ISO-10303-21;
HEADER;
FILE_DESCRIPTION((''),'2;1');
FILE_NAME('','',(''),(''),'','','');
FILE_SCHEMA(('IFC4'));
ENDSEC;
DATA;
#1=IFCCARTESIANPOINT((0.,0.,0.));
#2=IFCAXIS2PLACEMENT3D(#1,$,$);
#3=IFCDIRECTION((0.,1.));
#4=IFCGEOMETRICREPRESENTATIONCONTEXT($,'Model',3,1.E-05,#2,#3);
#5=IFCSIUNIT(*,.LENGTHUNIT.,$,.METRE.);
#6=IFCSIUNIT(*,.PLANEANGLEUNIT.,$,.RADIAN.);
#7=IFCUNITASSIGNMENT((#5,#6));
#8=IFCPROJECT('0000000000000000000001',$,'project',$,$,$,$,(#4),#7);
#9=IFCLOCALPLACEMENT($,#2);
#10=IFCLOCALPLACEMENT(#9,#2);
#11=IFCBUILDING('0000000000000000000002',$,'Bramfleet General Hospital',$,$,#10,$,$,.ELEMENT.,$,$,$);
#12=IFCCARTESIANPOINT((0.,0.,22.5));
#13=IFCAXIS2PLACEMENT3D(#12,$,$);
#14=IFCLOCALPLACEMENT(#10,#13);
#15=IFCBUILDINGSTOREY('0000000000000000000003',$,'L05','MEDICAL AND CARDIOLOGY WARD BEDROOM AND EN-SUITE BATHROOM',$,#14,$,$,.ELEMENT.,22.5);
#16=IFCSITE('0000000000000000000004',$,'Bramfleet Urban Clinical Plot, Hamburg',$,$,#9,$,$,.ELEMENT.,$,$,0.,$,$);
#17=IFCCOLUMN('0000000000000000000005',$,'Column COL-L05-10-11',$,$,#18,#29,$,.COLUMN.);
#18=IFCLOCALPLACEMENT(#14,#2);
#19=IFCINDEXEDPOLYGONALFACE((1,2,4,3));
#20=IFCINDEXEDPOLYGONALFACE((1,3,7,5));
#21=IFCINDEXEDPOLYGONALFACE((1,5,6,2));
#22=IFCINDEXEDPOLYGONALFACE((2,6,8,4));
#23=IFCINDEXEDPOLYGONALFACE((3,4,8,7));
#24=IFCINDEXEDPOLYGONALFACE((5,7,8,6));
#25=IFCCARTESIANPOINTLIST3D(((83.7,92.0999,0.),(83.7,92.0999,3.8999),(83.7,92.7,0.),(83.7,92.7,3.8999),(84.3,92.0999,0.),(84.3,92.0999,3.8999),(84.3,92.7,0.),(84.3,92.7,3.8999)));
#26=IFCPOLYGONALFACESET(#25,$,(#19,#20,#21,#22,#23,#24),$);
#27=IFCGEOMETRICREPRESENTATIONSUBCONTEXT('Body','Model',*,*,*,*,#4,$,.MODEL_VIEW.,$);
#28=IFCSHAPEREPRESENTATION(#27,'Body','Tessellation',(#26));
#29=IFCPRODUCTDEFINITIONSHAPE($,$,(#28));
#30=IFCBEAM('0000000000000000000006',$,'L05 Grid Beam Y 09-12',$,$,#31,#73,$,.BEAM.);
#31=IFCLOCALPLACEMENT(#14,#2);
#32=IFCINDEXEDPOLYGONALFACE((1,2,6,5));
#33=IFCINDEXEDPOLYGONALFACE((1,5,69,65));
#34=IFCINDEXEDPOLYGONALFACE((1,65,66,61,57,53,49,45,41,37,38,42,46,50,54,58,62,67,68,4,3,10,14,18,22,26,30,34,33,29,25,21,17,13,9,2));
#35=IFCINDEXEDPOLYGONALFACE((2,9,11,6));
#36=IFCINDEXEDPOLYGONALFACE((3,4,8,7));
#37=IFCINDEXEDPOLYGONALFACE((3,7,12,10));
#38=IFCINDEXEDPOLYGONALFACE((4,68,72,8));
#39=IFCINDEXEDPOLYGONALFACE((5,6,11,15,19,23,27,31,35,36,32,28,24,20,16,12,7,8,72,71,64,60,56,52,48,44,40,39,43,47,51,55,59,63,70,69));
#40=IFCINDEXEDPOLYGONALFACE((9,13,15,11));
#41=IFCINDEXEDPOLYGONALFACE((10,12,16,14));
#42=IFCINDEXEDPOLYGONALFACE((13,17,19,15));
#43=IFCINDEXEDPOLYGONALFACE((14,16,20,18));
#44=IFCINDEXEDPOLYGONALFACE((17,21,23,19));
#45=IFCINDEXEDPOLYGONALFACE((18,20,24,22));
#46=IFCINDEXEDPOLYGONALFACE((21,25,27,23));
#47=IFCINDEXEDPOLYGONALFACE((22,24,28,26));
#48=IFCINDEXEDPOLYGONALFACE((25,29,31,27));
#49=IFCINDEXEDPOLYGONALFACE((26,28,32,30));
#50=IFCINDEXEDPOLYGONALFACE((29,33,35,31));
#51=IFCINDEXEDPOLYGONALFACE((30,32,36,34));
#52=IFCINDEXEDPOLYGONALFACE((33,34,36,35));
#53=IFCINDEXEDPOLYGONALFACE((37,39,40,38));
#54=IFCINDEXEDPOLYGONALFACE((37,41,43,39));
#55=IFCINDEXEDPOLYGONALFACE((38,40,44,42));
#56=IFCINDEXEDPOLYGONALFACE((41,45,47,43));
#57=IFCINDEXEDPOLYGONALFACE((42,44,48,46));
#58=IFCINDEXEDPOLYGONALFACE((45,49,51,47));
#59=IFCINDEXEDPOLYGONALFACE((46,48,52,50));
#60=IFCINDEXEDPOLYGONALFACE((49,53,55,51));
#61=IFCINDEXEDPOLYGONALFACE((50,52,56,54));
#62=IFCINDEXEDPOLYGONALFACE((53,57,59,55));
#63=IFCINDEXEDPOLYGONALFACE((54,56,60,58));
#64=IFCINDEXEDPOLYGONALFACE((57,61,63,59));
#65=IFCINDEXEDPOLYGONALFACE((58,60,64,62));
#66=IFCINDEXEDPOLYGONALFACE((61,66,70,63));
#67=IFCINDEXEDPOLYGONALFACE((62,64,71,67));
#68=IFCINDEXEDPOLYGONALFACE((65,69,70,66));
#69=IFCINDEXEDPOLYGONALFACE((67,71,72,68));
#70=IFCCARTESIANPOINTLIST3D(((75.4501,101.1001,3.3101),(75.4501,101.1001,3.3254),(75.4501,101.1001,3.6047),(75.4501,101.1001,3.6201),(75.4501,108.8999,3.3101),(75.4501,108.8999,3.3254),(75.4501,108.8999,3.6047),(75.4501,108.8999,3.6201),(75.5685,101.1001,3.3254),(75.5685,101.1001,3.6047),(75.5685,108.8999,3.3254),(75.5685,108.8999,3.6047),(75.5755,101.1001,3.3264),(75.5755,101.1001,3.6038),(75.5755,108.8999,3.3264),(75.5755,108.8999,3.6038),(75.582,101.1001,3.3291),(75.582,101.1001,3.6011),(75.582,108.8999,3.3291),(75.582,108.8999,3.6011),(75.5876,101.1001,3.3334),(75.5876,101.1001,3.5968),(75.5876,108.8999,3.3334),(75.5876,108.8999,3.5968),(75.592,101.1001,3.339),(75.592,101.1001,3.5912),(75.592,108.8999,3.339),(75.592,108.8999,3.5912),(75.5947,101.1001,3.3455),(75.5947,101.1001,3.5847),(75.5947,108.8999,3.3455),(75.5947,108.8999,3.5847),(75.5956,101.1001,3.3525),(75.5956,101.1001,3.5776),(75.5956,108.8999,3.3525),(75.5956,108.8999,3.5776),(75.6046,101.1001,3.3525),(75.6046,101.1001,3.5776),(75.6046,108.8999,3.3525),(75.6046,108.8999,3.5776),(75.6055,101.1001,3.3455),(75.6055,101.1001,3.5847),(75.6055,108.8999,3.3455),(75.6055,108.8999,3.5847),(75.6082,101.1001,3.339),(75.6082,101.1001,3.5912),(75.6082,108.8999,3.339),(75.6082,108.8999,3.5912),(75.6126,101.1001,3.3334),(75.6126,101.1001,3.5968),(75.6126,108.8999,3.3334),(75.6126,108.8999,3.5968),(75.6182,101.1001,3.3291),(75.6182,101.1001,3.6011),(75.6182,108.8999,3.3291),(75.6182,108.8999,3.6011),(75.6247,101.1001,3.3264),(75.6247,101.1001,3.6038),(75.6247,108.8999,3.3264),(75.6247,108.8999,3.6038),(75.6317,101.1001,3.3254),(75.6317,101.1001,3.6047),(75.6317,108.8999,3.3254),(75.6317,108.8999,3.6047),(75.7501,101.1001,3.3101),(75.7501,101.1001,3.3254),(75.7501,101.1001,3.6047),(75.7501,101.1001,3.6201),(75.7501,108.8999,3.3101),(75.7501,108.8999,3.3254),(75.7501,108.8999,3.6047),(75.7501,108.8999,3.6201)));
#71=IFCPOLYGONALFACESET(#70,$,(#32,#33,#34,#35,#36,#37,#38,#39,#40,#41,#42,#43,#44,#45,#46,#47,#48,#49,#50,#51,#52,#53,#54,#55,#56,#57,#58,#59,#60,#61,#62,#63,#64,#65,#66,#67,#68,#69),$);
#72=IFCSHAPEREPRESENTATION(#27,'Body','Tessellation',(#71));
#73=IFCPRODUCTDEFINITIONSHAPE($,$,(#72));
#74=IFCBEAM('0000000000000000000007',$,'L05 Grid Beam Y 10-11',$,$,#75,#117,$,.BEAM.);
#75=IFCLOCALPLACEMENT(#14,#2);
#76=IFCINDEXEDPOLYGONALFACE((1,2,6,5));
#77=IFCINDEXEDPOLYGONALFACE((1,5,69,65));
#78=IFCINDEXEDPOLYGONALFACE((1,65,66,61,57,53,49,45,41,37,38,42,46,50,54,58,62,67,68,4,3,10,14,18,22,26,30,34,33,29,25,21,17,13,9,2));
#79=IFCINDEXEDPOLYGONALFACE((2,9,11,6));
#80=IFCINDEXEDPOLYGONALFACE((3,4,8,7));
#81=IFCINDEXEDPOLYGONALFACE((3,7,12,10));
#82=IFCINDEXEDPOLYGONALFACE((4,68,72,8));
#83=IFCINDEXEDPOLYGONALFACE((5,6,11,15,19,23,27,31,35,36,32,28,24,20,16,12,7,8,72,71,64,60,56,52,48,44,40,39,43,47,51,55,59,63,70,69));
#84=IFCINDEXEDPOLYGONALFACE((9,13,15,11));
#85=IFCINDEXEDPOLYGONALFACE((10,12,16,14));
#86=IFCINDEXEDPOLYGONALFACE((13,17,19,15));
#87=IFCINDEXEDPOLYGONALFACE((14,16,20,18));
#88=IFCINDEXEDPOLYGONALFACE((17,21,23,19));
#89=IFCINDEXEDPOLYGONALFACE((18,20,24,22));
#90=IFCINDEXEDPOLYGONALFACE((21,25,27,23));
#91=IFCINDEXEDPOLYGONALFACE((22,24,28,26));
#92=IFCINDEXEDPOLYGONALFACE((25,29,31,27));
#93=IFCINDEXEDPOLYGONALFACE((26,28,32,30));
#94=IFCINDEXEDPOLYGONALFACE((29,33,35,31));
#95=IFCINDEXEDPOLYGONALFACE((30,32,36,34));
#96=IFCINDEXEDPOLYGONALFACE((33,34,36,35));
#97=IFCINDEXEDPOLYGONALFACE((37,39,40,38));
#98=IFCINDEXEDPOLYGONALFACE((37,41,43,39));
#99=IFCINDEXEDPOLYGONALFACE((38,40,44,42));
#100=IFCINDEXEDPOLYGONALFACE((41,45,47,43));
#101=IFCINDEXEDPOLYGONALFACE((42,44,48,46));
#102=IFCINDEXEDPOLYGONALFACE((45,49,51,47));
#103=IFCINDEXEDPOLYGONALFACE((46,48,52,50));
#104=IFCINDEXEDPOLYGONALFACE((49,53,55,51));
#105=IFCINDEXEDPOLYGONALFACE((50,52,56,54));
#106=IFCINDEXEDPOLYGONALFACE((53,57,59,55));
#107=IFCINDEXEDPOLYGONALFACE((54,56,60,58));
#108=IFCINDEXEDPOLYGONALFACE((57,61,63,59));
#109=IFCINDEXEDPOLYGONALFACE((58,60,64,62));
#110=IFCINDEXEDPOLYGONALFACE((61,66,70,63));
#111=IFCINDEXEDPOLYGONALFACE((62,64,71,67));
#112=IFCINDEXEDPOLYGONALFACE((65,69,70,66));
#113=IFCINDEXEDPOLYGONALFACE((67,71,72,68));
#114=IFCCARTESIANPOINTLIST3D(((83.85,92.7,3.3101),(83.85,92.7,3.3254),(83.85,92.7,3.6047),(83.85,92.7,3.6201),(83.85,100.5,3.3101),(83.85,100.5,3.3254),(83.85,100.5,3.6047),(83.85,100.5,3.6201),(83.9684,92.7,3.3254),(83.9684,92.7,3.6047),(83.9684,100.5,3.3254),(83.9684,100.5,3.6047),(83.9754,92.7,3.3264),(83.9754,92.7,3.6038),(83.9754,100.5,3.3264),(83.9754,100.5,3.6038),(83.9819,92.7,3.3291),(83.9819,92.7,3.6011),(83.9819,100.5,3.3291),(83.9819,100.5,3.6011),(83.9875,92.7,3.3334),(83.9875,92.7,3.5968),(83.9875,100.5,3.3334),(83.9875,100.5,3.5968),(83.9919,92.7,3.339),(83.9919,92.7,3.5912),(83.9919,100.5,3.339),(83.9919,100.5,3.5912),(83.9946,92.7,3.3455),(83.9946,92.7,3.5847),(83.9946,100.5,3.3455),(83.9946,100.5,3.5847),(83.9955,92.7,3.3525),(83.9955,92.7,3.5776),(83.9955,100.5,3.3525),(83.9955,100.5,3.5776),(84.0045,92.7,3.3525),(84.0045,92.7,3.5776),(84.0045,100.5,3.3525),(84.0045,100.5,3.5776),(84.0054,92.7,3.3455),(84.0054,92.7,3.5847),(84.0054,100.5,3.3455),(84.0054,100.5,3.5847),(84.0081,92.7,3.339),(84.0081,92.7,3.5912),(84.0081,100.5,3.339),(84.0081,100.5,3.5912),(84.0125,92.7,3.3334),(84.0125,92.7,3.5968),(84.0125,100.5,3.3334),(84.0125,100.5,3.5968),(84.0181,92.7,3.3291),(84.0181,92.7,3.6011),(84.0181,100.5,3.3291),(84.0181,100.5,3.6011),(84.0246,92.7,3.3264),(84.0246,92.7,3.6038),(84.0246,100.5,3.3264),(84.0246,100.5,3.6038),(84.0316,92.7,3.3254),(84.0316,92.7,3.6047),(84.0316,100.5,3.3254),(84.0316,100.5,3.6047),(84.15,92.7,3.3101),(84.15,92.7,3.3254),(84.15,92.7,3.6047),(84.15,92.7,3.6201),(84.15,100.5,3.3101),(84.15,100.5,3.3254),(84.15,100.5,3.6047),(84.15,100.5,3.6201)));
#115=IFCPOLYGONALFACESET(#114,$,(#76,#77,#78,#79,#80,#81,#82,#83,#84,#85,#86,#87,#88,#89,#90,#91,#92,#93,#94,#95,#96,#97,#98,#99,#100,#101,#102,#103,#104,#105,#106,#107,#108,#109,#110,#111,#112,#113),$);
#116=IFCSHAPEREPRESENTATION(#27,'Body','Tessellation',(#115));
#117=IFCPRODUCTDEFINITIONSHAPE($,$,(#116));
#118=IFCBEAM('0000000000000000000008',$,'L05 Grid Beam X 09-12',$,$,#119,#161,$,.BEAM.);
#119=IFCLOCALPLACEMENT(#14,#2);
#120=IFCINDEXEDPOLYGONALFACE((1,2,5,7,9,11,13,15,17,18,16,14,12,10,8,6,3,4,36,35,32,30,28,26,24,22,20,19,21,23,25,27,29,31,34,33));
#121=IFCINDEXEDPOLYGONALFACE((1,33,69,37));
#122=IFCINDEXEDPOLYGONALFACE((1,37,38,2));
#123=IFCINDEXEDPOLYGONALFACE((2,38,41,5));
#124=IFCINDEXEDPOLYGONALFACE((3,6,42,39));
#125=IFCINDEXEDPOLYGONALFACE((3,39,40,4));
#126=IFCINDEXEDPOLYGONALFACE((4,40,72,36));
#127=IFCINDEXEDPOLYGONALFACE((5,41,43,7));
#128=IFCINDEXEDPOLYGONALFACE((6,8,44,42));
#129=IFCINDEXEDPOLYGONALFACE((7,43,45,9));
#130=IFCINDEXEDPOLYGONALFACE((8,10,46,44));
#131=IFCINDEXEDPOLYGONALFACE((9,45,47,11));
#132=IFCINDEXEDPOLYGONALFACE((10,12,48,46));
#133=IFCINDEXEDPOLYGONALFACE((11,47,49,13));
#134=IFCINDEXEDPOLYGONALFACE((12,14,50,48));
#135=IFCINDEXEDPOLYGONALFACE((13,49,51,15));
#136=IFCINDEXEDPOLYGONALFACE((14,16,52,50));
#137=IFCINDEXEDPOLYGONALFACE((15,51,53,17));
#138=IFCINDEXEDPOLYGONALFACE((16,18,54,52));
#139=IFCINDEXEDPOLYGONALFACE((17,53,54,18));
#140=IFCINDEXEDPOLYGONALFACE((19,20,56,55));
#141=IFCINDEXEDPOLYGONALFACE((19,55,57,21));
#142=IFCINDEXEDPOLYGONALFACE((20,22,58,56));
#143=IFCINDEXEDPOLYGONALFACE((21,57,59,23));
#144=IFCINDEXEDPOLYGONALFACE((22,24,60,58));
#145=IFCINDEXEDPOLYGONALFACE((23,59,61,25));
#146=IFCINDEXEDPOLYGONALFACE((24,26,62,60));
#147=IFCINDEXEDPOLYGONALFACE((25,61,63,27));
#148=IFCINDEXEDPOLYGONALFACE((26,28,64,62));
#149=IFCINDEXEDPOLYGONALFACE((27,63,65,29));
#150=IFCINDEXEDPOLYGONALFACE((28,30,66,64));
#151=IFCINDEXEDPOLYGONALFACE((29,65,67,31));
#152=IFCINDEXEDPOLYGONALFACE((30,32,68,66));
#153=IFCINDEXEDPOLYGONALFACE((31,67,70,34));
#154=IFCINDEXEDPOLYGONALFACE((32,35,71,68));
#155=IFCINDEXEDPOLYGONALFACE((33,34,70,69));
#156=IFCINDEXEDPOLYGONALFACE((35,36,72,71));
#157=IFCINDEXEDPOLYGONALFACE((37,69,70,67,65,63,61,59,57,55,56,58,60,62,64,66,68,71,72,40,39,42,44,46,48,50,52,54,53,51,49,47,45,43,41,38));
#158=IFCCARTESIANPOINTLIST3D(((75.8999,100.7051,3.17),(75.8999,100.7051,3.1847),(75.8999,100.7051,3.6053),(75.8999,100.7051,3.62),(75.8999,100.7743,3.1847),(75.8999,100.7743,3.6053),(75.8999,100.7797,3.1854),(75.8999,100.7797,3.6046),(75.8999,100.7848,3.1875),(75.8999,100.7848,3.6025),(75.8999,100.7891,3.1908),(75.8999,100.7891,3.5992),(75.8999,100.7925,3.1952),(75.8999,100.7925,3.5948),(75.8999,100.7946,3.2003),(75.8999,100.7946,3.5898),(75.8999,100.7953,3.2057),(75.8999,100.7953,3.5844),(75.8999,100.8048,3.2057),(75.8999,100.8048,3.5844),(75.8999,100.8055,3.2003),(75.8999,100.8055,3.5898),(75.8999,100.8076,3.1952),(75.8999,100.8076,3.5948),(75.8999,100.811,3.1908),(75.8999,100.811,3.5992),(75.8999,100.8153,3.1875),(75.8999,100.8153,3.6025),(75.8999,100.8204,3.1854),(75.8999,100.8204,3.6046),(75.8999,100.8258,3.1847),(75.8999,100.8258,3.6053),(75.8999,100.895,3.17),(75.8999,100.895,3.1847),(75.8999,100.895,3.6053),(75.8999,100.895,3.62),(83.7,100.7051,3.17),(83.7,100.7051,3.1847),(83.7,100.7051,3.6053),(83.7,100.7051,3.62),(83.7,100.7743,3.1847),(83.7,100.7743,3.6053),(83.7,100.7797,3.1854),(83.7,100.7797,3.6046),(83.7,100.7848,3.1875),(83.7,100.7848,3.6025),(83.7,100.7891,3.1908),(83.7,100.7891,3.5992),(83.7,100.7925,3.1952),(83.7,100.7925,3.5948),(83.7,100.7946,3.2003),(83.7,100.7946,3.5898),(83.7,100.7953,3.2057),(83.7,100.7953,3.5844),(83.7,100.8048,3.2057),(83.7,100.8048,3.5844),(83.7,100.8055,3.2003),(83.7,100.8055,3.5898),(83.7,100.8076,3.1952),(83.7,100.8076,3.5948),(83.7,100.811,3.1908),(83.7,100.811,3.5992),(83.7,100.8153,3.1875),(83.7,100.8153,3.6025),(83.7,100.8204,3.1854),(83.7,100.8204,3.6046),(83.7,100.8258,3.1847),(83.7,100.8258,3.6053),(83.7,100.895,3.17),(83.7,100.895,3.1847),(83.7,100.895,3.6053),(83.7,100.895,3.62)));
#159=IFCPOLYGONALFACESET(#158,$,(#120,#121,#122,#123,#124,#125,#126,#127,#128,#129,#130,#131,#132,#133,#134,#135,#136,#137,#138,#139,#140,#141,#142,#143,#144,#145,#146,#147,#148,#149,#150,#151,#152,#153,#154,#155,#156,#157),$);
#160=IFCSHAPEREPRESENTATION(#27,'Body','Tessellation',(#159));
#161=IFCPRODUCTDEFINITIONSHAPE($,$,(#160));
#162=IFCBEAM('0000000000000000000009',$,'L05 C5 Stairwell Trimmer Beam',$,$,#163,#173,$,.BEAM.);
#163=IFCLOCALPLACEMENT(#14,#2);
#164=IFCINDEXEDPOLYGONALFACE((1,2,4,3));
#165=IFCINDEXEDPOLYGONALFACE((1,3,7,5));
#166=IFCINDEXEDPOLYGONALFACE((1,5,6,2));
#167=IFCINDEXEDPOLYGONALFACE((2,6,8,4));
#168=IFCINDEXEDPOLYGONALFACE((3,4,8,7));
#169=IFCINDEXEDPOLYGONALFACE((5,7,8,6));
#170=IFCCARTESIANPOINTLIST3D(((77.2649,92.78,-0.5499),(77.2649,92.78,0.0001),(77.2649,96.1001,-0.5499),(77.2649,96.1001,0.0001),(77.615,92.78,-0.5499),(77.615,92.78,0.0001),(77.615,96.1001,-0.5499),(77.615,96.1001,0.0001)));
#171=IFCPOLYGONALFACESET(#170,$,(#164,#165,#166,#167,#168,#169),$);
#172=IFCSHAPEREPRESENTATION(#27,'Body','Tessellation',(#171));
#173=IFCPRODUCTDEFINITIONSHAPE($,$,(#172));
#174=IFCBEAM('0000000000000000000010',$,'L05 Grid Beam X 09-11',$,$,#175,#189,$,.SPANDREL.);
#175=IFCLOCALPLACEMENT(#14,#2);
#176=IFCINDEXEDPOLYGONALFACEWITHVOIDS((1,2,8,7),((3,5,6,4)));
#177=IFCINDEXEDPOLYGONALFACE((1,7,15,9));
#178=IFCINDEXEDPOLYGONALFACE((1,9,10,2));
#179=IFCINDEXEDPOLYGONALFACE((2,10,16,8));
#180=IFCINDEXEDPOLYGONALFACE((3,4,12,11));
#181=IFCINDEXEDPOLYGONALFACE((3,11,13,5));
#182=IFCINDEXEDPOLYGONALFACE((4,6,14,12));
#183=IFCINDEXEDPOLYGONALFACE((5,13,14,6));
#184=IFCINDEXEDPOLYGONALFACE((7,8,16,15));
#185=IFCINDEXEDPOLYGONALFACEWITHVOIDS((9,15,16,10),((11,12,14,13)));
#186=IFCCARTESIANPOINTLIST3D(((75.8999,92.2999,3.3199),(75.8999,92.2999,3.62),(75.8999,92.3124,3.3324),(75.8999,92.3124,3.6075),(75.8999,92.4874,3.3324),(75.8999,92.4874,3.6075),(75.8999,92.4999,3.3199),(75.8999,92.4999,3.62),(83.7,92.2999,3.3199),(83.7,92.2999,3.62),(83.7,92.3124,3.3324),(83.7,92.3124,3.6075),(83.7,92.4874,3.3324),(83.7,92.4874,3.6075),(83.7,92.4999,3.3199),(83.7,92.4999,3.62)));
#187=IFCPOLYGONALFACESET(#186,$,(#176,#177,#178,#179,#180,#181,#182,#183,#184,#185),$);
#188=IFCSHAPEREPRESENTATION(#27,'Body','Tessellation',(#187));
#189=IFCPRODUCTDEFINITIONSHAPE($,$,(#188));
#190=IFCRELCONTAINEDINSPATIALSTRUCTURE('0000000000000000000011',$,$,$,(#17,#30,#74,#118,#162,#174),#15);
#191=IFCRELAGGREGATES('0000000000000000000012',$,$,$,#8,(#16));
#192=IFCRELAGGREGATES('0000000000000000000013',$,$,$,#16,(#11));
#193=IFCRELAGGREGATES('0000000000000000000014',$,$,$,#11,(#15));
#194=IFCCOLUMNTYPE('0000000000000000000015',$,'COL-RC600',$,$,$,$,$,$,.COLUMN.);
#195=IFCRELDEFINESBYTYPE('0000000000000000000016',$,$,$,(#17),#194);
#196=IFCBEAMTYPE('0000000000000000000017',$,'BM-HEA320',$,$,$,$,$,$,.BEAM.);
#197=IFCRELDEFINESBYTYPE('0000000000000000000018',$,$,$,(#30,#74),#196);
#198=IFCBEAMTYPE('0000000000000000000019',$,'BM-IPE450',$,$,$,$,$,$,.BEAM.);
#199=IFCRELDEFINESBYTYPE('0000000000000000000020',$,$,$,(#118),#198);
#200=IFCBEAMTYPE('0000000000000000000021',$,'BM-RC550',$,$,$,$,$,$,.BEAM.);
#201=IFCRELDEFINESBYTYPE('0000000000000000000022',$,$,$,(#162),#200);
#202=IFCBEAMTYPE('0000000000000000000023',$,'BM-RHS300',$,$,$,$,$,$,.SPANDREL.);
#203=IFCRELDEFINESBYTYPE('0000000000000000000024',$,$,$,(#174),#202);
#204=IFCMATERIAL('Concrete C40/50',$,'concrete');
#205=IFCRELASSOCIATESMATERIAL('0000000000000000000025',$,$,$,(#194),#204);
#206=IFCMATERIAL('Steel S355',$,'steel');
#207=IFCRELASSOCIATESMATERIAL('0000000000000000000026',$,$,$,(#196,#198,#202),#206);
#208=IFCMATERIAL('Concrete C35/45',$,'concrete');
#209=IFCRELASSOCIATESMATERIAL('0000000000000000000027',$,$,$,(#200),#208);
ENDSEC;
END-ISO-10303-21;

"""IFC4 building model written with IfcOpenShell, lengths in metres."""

from ifc_helpers import new_model, si_unit, direction, frame, origin, origin_2d, place, context, subcontext, project, spatial, rectangle, hollow_rectangle, i_section, extrude, material, material_profile, profile_set, type_object, element, save


model = new_model("IFC4")

# Units and contexts
model_context = context("Model", 3, precision=1e-05, world=origin(), true_north=direction((0.0, 1.0)))
body_context = subcontext(model_context, "Body", "Model", "MODEL_VIEW")
ifc_project = project(units=[si_unit("LENGTHUNIT", "METRE"), si_unit("PLANEANGLEUNIT", "RADIAN")], contexts=[model_context])

# Site, building, storey
site_placement = place(None, origin())
site = spatial("IfcSite", under=ifc_project, at=site_placement, Name="Bramfleet Urban Clinical Plot, Hamburg", CompositionType="ELEMENT", RefElevation=0.0)
building_placement = place(site_placement, origin())
building = spatial("IfcBuilding", under=site, at=building_placement, Name="Bramfleet General Hospital", CompositionType="ELEMENT")
storey_placement = place(building_placement, frame((0.0, 0.0, 22.5)))
storey = spatial("IfcBuildingStorey", under=building, at=storey_placement, Name="L05", Description="MEDICAL AND CARDIOLOGY WARD BEDROOM AND EN-SUITE BATHROOM", CompositionType="ELEMENT", Elevation=22.5)

# Column
ifc_material_1 = material(Name="Concrete C40/50", Category="concrete")
ifc_material_profile_1 = material_profile(ifc_material_1, rectangle(XDim=0.6001, YDim=0.6001, at=origin_2d()), Name="RC COL 600x600")
ifc_profile_set_1 = profile_set([ifc_material_profile_1], Name="Concrete C40/50")
column_type = type_object("IfcColumnType", Name="COL-RC600", PredefinedType="COLUMN", material=ifc_profile_set_1)
column_placement = place(storey_placement, frame((84.0, 92.3999, 0.0), z_axis=(0.0, 0.0, 1.0), x_axis=(1.0, 0.0, 0.0)))
element("IfcColumn", 1, at=column_placement, inside=storey, type_object=column_type, Name="Column COL-L05-10-11", PredefinedType="COLUMN", context=body_context, shape_type="SweptSolid", body=[
    extrude(rectangle(XDim=0.6001, YDim=0.6001, at=origin_2d()), origin(), (0.0, 0.0, 1.0), 3.8999),
])

# Beams
ifc_material_2 = material(Name="Steel S355", Category="steel")
ifc_material_profile_2 = material_profile(ifc_material_2, i_section(OverallWidth=0.3, OverallDepth=0.3101, WebThickness=0.009, FlangeThickness=0.0154, FilletRadius=0.0271, at=origin_2d()), Name="HEA 320")
ifc_profile_set_2 = profile_set([ifc_material_profile_2], Name="Steel S355")
beam_type_1 = type_object("IfcBeamType", Name="BM-HEA320", PredefinedType="BEAM", material=ifc_profile_set_2)
beam_1_placement = place(storey_placement, frame((75.6001, 101.1001, 3.4651), z_axis=(0.0, 1.0, 0.0), x_axis=(-1.0, 0.0, 0.0)))
element("IfcBeam", 2, at=beam_1_placement, inside=storey, type_object=beam_type_1, Name="L05 Grid Beam Y 09-12", PredefinedType="BEAM", context=body_context, shape_type="SweptSolid", body=[
    extrude(i_section(OverallWidth=0.3, OverallDepth=0.3101, WebThickness=0.009, FlangeThickness=0.0154, FilletRadius=0.0271, at=origin_2d()), origin(), (0.0, 0.0, 1.0), 7.7998),
])
beam_2_placement = place(storey_placement, frame((84.0, 92.7, 3.4651), z_axis=(0.0, 1.0, 0.0), x_axis=(-1.0, 0.0, 0.0)))
element("IfcBeam", 3, at=beam_2_placement, inside=storey, type_object=beam_type_1, Name="L05 Grid Beam Y 10-11", PredefinedType="BEAM", context=body_context, shape_type="SweptSolid", body=[
    extrude(i_section(OverallWidth=0.3, OverallDepth=0.3101, WebThickness=0.009, FlangeThickness=0.0154, FilletRadius=0.0271, at=origin_2d()), origin(), (0.0, 0.0, 1.0), 7.8),
])
ifc_material_profile_3 = material_profile(ifc_material_2, i_section(OverallWidth=0.1899, OverallDepth=0.45, WebThickness=0.0095, FlangeThickness=0.0146, FilletRadius=0.021, at=origin_2d()), Name="IPE 450")
ifc_profile_set_3 = profile_set([ifc_material_profile_3], Name="Steel S355")
beam_type_2 = type_object("IfcBeamType", Name="BM-IPE450", PredefinedType="BEAM", material=ifc_profile_set_3)
beam_3_placement = place(storey_placement, frame((75.8999, 100.8, 3.395), z_axis=(1.0, 0.0, 0.0), x_axis=(0.0, 1.0, 0.0)))
element("IfcBeam", 4, at=beam_3_placement, inside=storey, type_object=beam_type_2, Name="L05 Grid Beam X 09-12", PredefinedType="BEAM", context=body_context, shape_type="SweptSolid", body=[
    extrude(i_section(OverallWidth=0.1899, OverallDepth=0.45, WebThickness=0.0095, FlangeThickness=0.0146, FilletRadius=0.021, at=origin_2d()), origin(), (0.0, 0.0, 1.0), 7.8),
])
ifc_material_3 = material(Name="Concrete C35/45", Category="concrete")
ifc_material_profile_4 = material_profile(ifc_material_3, rectangle(XDim=0.3501, YDim=0.55, at=origin_2d()), Name="RC BM 550x350")
ifc_profile_set_4 = profile_set([ifc_material_profile_4], Name="Concrete C35/45")
beam_type_3 = type_object("IfcBeamType", Name="BM-RC550", PredefinedType="BEAM", material=ifc_profile_set_4)
beam_4_placement = place(storey_placement, frame((77.4399, 92.78, -0.2749), z_axis=(0.0, 1.0, 0.0), x_axis=(-1.0, 0.0, 0.0)))
element("IfcBeam", 5, at=beam_4_placement, inside=storey, type_object=beam_type_3, Name="L05 C5 Stairwell Trimmer Beam", PredefinedType="BEAM", context=body_context, shape_type="SweptSolid", body=[
    extrude(rectangle(XDim=0.3501, YDim=0.55, at=origin_2d()), origin(), (0.0, 0.0, 1.0), 3.3201),
])
ifc_material_profile_5 = material_profile(ifc_material_2, hollow_rectangle(XDim=0.2, YDim=0.3, WallThickness=0.0125, at=origin_2d()), Name="RHS 300x200x12.5")
ifc_profile_set_5 = profile_set([ifc_material_profile_5], Name="Steel S355")
beam_type_4 = type_object("IfcBeamType", Name="BM-RHS300", PredefinedType="SPANDREL", material=ifc_profile_set_5)
beam_5_placement = place(storey_placement, frame((75.8999, 92.3999, 3.47), z_axis=(1.0, 0.0, 0.0), x_axis=(0.0, 1.0, 0.0)))
element("IfcBeam", 6, at=beam_5_placement, inside=storey, type_object=beam_type_4, Name="L05 Grid Beam X 09-11", PredefinedType="SPANDREL", context=body_context, shape_type="SweptSolid", body=[
    extrude(hollow_rectangle(XDim=0.2, YDim=0.3, WallThickness=0.0125, at=origin_2d()), origin(), (0.0, 0.0, 1.0), 7.8),
])

save(model, "model.ifc")
